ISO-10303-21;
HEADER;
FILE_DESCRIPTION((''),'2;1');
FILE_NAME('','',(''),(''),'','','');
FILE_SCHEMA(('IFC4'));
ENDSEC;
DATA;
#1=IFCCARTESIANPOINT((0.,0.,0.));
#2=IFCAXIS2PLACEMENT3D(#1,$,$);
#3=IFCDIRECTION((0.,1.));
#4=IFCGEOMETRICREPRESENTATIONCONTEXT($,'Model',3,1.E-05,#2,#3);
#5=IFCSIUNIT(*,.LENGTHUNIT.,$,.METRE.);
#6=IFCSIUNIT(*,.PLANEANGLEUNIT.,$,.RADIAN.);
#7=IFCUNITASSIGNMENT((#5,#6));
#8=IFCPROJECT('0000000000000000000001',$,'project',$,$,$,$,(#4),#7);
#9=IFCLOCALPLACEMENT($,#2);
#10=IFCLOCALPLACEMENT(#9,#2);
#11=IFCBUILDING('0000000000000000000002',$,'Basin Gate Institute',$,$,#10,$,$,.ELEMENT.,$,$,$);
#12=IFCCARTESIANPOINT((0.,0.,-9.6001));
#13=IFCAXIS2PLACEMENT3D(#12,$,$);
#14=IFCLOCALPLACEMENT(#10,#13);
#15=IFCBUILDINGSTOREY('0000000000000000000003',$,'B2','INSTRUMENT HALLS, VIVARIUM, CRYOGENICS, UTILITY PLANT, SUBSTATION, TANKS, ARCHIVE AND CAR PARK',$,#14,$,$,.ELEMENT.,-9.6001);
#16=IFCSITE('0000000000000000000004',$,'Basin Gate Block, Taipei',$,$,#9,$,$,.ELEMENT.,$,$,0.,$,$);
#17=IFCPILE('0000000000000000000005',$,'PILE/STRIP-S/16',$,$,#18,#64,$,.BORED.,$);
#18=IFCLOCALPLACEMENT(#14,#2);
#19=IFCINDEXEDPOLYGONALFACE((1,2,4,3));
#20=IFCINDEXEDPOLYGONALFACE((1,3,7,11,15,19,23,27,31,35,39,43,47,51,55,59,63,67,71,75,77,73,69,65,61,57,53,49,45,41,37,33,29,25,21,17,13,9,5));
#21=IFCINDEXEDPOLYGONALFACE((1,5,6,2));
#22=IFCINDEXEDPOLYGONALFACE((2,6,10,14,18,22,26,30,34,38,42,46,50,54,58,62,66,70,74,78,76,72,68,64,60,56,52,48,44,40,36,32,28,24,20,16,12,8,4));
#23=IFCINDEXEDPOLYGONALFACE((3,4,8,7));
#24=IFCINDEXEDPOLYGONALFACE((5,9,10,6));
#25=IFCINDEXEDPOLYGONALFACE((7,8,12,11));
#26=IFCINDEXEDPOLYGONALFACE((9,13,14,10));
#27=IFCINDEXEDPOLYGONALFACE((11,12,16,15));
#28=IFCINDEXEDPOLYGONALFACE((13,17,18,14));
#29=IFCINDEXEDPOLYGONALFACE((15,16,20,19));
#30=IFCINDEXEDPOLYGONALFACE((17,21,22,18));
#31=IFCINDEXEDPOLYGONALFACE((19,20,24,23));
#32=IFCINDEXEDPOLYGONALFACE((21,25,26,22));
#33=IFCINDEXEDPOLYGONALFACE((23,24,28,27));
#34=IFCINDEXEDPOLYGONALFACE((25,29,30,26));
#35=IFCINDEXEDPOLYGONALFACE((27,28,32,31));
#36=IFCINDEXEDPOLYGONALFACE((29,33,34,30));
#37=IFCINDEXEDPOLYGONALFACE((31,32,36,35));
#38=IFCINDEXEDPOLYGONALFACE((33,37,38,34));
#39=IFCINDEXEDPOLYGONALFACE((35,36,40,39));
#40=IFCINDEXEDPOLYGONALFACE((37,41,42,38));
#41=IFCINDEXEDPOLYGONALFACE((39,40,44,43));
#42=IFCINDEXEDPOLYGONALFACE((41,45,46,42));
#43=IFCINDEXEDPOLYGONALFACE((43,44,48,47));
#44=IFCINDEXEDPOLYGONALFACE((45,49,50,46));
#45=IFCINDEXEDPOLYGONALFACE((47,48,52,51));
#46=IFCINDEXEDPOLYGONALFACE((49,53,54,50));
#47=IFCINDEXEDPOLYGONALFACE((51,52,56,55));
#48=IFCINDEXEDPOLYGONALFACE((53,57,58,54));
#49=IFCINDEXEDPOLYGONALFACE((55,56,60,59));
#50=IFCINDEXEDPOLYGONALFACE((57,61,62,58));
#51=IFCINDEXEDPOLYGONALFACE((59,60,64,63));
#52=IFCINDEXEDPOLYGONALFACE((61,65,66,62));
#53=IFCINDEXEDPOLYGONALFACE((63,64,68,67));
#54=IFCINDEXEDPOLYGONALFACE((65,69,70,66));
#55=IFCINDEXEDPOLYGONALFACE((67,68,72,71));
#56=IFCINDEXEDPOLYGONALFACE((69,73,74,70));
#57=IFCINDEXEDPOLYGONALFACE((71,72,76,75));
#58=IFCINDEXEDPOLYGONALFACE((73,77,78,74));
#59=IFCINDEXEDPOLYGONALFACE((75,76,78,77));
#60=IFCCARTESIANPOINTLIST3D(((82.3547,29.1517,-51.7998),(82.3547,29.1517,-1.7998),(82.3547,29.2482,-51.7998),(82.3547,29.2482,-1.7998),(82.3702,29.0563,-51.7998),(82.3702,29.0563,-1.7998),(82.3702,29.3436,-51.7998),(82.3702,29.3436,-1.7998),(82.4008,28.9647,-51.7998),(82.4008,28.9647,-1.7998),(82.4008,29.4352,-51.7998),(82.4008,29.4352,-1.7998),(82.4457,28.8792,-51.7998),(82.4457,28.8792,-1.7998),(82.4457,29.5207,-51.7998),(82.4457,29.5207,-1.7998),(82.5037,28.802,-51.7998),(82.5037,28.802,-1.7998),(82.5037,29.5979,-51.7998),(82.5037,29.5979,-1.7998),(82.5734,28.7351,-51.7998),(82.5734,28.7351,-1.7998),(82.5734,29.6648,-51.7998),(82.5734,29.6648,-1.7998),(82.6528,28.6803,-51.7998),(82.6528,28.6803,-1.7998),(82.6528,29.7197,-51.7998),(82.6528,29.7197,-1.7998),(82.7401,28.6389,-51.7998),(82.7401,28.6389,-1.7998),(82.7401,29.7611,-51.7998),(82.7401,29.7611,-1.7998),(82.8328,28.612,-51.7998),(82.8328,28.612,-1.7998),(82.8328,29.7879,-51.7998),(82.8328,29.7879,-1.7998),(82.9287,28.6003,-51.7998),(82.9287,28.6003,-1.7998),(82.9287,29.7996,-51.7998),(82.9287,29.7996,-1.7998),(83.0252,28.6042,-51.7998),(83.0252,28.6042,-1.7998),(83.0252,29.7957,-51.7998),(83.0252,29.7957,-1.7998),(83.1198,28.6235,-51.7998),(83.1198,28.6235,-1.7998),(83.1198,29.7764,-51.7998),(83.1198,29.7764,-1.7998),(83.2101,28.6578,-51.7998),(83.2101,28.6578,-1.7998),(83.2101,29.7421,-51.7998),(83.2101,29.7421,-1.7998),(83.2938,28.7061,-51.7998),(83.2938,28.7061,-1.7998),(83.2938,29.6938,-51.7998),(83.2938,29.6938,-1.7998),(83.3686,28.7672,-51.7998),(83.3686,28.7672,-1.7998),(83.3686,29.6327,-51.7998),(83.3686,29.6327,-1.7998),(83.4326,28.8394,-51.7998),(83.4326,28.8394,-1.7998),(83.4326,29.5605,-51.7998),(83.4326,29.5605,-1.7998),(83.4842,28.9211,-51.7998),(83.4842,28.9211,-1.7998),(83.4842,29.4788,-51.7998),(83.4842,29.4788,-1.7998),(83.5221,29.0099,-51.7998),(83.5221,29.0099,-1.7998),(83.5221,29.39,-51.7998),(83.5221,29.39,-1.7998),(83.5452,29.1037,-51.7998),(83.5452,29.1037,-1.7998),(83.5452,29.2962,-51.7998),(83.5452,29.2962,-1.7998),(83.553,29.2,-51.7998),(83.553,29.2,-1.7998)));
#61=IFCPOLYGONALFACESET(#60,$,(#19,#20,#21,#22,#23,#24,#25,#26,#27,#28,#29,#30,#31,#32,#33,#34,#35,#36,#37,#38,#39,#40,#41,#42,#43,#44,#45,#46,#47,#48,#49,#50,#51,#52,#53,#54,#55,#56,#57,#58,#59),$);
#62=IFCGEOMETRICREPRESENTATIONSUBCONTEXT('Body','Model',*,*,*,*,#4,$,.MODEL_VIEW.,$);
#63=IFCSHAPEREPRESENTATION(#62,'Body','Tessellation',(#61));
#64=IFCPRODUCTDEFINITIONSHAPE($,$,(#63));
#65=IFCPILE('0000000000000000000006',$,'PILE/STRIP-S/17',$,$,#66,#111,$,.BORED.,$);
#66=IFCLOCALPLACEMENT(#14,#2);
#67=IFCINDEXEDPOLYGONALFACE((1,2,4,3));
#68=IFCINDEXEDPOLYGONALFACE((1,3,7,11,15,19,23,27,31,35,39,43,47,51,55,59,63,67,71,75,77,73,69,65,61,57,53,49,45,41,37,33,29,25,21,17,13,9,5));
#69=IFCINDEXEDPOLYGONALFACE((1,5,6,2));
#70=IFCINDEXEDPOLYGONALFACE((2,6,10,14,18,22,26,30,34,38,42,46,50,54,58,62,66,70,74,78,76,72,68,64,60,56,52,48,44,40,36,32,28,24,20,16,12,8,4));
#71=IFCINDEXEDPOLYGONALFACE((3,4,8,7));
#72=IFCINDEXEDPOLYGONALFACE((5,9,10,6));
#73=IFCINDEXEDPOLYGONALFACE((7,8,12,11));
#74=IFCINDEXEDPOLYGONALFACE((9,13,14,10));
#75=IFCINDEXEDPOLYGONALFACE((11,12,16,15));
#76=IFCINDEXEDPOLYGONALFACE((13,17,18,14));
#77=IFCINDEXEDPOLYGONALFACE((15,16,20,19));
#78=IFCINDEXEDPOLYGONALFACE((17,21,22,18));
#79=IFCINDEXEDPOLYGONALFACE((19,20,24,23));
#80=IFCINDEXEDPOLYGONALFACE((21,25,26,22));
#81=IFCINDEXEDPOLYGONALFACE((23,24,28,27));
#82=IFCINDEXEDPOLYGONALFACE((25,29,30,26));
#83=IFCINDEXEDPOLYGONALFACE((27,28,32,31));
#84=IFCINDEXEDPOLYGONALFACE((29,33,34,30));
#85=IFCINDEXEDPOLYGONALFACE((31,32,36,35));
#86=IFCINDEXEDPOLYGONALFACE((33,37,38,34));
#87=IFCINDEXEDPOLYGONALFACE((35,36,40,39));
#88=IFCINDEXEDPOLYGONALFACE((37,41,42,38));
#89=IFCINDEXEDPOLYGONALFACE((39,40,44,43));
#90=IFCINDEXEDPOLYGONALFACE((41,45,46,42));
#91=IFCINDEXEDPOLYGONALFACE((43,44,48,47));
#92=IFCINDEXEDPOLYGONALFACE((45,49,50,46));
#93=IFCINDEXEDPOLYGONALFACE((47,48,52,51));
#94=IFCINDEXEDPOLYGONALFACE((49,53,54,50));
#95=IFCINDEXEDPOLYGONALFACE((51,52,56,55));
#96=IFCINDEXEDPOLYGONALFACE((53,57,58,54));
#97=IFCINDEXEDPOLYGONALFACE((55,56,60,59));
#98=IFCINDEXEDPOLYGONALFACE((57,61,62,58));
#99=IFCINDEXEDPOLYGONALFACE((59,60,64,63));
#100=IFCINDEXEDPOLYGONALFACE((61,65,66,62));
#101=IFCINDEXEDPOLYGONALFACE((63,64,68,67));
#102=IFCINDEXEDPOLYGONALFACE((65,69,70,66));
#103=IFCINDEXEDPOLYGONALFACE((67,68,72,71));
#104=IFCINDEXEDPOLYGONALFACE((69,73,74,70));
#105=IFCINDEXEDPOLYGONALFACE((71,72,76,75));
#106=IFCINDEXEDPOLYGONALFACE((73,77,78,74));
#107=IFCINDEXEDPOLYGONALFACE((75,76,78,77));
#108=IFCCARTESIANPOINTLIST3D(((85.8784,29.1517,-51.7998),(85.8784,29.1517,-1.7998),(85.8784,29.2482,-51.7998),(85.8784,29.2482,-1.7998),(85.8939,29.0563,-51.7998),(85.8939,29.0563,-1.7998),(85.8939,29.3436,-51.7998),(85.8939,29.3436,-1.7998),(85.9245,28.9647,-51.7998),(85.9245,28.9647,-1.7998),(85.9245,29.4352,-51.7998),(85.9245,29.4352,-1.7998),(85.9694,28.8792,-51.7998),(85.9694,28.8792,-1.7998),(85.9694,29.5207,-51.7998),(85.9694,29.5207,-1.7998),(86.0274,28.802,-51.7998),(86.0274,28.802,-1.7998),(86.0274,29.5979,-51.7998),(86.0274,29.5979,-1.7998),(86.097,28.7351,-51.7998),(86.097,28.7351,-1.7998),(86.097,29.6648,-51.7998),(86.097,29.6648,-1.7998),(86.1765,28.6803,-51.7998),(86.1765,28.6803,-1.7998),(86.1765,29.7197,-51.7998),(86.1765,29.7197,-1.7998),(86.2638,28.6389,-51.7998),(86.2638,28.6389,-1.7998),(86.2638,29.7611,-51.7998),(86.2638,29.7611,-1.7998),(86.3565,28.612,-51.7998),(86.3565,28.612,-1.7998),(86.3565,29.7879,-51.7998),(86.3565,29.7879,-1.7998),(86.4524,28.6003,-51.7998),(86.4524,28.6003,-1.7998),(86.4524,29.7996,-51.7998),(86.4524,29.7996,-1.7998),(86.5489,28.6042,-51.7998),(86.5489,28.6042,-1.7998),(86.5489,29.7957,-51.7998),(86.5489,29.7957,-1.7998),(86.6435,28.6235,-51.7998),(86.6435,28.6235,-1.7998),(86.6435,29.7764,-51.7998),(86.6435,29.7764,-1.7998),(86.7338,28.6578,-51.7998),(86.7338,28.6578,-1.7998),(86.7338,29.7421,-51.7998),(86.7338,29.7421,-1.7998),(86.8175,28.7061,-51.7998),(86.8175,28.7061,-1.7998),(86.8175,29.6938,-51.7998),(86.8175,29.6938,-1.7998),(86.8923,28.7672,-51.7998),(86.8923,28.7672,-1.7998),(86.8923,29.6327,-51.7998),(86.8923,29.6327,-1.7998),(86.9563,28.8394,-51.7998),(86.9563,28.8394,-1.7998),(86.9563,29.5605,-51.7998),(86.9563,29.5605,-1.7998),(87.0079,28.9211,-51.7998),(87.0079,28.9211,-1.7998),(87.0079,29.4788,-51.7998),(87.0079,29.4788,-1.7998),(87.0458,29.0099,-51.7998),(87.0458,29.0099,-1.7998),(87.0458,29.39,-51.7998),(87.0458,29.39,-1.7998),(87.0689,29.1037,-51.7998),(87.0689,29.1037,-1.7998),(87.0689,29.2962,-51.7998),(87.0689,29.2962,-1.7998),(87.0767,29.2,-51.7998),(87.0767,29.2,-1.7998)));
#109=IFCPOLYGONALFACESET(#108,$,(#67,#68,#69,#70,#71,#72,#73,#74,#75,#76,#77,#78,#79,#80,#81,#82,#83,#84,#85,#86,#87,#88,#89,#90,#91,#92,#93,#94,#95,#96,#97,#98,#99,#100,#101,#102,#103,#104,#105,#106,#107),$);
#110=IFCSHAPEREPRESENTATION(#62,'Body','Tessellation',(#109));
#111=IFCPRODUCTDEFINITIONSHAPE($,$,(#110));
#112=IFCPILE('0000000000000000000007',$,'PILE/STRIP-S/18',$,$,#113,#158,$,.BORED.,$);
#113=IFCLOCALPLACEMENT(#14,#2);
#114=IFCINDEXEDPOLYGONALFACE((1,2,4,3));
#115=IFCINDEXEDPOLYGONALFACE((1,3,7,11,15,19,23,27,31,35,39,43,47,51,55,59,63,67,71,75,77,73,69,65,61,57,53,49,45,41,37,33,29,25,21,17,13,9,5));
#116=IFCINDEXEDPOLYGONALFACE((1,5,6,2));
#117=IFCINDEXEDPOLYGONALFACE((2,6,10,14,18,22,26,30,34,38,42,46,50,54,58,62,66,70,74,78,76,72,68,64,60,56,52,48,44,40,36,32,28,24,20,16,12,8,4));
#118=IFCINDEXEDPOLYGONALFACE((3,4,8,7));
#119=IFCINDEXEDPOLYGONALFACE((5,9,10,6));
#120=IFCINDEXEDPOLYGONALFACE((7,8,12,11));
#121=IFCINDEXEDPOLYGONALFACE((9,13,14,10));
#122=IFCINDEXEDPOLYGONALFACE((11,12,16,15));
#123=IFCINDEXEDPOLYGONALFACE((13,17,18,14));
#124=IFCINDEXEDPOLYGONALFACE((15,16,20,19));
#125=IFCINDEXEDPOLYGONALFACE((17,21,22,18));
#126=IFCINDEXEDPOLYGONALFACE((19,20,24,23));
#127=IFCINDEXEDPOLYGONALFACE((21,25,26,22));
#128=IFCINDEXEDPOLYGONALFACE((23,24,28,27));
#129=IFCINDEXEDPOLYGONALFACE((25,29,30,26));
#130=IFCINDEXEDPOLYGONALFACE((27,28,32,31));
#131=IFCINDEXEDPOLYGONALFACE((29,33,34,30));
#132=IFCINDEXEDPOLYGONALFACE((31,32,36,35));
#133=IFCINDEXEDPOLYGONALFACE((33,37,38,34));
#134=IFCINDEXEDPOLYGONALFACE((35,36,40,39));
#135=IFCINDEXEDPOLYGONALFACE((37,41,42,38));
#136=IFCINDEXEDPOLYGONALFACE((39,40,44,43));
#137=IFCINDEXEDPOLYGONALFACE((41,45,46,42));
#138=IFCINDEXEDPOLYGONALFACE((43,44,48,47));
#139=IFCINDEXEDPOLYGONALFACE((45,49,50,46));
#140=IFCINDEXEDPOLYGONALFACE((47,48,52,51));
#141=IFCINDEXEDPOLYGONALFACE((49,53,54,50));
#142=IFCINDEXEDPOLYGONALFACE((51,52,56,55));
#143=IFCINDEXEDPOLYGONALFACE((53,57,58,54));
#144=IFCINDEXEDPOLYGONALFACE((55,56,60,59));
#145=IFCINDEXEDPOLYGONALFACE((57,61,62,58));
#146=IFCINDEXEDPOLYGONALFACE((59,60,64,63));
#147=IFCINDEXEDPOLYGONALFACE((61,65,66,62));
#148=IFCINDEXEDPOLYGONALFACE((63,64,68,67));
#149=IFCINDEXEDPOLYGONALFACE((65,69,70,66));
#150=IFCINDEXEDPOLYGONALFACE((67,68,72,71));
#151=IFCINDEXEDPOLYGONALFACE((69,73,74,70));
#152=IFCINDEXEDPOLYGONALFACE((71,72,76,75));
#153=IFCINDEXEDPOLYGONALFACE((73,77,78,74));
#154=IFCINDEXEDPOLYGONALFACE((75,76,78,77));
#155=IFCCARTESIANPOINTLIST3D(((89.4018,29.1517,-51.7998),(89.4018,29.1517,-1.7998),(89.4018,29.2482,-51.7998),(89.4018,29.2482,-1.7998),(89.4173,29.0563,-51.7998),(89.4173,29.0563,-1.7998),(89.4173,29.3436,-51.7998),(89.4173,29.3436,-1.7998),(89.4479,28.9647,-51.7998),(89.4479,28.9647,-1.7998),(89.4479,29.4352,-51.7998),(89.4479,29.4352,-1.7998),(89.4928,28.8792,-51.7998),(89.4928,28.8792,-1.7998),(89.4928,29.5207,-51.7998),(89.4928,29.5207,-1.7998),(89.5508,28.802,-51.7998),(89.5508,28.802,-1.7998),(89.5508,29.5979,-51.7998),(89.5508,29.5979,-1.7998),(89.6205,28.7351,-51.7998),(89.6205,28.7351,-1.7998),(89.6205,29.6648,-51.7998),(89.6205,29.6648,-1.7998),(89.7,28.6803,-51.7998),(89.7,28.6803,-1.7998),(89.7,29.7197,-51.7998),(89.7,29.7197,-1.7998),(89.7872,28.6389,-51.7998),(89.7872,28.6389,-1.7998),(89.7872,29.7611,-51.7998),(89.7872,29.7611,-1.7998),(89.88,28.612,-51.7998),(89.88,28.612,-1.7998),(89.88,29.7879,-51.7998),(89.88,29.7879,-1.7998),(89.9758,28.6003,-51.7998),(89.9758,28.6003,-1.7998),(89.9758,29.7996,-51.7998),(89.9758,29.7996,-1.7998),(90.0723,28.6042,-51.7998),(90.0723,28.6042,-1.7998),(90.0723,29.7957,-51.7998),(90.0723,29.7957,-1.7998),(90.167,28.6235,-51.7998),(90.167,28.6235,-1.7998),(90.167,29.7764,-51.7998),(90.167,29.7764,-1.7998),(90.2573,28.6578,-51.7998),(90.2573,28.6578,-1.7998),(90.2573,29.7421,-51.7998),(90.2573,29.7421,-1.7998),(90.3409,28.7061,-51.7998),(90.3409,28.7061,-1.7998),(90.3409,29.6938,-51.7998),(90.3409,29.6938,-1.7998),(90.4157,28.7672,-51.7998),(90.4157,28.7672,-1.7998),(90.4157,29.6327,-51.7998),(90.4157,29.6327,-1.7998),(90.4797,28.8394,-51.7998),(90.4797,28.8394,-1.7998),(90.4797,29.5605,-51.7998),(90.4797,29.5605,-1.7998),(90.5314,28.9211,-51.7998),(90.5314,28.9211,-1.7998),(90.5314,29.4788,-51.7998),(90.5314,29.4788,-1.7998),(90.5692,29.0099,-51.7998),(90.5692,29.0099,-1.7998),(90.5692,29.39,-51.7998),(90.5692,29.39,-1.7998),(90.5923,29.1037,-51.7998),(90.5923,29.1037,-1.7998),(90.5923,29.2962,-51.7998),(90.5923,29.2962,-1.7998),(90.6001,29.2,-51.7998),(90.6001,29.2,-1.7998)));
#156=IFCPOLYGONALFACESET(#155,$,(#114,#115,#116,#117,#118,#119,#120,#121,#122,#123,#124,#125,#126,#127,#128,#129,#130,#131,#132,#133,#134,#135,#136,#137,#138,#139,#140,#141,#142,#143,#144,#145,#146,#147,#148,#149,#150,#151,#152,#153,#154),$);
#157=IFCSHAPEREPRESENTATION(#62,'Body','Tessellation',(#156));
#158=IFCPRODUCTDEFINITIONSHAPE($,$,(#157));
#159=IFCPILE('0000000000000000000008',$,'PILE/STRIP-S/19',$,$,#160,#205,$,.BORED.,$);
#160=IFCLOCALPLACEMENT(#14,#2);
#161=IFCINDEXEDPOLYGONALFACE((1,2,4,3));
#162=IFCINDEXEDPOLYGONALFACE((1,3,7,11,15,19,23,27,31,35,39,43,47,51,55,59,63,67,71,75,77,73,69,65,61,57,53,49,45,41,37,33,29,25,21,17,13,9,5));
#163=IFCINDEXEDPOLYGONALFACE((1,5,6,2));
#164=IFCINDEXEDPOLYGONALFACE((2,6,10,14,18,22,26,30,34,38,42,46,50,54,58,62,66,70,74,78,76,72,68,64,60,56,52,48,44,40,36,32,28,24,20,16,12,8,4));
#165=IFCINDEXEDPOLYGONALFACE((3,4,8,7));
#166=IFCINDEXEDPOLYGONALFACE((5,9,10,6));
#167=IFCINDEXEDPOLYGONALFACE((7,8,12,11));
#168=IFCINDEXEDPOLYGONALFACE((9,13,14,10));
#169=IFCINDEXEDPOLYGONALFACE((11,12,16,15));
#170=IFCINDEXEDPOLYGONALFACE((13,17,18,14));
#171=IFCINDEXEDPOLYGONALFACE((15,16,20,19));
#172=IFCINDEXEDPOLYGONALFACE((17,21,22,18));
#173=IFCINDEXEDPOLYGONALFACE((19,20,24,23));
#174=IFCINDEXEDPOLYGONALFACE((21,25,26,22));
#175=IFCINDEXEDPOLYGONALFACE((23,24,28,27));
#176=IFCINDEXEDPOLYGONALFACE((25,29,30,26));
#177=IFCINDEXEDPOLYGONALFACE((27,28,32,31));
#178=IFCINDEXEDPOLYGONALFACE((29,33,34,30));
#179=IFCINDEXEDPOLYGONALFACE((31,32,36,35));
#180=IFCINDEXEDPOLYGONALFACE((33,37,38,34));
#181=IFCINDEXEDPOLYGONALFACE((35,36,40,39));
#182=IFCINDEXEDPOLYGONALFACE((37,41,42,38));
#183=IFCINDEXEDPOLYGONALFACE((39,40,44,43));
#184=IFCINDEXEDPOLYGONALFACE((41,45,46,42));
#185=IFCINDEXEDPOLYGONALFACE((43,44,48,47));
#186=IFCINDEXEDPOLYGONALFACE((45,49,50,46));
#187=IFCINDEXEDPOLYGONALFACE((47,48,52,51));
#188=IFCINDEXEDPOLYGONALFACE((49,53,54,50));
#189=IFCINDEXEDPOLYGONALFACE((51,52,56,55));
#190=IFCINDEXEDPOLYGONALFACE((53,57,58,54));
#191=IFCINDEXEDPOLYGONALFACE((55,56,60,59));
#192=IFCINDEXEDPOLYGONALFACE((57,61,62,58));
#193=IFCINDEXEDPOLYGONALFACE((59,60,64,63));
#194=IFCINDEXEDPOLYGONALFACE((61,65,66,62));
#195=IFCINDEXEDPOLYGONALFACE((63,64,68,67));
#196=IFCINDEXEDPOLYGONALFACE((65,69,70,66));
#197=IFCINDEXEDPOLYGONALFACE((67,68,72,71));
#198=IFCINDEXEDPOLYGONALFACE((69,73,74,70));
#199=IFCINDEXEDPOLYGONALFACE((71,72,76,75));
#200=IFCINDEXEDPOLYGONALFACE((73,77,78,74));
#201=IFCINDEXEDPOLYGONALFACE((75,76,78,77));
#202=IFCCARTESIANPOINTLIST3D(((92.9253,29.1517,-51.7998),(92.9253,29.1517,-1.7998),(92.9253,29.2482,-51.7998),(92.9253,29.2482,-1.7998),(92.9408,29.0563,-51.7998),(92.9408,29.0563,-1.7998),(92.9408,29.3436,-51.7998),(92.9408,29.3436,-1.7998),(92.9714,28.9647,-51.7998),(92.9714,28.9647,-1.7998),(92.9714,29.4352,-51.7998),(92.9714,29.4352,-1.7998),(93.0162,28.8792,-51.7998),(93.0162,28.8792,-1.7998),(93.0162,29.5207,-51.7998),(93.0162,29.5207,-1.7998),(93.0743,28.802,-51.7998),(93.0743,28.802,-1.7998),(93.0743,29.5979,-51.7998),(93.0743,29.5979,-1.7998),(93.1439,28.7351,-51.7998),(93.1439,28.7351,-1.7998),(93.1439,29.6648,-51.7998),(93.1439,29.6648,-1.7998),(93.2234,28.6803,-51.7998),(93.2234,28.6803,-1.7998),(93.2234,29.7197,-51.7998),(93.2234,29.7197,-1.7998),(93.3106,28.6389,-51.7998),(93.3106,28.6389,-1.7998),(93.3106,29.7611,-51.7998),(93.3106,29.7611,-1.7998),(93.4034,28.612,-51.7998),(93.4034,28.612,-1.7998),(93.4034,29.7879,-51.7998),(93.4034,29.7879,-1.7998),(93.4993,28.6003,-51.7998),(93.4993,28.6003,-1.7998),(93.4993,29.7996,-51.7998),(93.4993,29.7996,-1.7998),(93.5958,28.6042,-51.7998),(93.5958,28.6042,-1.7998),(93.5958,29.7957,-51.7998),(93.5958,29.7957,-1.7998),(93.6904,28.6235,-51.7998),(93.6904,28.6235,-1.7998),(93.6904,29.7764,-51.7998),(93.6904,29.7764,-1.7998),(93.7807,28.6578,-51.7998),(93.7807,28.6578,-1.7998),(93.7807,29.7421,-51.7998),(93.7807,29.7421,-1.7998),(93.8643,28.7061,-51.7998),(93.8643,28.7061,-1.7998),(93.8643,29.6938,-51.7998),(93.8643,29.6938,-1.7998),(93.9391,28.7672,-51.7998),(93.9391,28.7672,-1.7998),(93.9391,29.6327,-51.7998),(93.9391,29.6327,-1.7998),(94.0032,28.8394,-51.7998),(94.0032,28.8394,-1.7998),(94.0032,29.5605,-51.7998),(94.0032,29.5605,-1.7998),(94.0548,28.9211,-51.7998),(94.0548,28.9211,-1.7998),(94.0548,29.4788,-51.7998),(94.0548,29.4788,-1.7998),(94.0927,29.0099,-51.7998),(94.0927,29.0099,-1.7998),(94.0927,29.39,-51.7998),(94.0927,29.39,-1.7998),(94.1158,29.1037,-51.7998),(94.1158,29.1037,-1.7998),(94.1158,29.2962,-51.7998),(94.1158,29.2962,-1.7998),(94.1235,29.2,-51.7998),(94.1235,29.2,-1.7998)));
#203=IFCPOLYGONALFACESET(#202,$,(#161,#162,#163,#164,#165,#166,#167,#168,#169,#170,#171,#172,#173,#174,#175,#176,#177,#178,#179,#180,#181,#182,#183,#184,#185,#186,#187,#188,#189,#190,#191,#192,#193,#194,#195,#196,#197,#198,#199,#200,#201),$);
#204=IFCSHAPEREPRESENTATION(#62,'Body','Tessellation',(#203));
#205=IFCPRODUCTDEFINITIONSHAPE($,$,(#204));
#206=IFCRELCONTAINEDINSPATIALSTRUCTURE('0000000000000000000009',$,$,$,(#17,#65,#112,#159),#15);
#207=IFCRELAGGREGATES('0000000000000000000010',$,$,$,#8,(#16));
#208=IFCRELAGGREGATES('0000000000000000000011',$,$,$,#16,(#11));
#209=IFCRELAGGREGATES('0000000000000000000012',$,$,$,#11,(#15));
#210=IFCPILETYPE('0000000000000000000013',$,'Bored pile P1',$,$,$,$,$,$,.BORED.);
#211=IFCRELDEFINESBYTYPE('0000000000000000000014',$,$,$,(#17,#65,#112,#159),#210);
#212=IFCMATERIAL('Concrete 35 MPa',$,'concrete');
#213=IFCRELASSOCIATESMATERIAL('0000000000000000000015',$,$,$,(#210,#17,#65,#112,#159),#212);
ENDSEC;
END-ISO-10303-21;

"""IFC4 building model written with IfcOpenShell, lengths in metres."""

from ifc_helpers import new_model, si_unit, direction, frame, origin, origin_2d, place, context, subcontext, project, spatial, circle, extrude, material, material_profile, profile_set, type_object, element, save


model = new_model("IFC4")

# Units and contexts
model_context = context("Model", 3, precision=1e-05, world=origin(), true_north=direction((0.0, 1.0)))
body_context = subcontext(model_context, "Body", "Model", "MODEL_VIEW")
ifc_project = project(units=[si_unit("LENGTHUNIT", "METRE"), si_unit("PLANEANGLEUNIT", "RADIAN")], contexts=[model_context])

# Site, building, storey
site_placement = place(None, origin())
site = spatial("IfcSite", under=ifc_project, at=site_placement, Name="Basin Gate Block, Taipei", CompositionType="ELEMENT", RefElevation=0.0)
building_placement = place(site_placement, origin())
building = spatial("IfcBuilding", under=site, at=building_placement, Name="Basin Gate Institute", CompositionType="ELEMENT")
storey_placement = place(building_placement, frame((0.0, 0.0, -9.6001)))
storey = spatial("IfcBuildingStorey", under=building, at=storey_placement, Name="B2", Description="INSTRUMENT HALLS, VIVARIUM, CRYOGENICS, UTILITY PLANT, SUBSTATION, TANKS, ARCHIVE AND CAR PARK", CompositionType="ELEMENT", Elevation=-9.6001)

# Piles
ifc_material_1 = material(Name="Concrete 35 MPa", Category="concrete")
ifc_material_profile_1 = material_profile(ifc_material_1, circle(Radius=0.6001, at=origin_2d()), Name="Bored pile P1 1200 dia")
ifc_profile_set_1 = profile_set([ifc_material_profile_1], Name="Concrete 35 MPa")
pile_type = type_object("IfcPileType", Name="Bored pile P1", PredefinedType="BORED", material=ifc_profile_set_1)
for number, where, z_axis, x_axis, name in (
    (1, (82.9529, 29.2, -1.7998), (0.0, 0.0, -1.0), (1.0, 0.0, 0.0), "PILE/STRIP-S/16"),
    (2, (86.4766, 29.2, -1.7998), (0.0, 0.0, -1.0), (1.0, 0.0, 0.0), "PILE/STRIP-S/17"),
    (3, (90.0, 29.2, -1.7998), (0.0, 0.0, -1.0), (1.0, 0.0, 0.0), "PILE/STRIP-S/18"),
    (4, (93.5234, 29.2, -1.7998), (0.0, 0.0, -1.0), (1.0, 0.0, 0.0), "PILE/STRIP-S/19"),
):
    element("IfcPile", number, at=place(storey_placement, frame(where, z_axis=z_axis, x_axis=x_axis)), inside=storey, type_object=pile_type, material=ifc_profile_set_1, Name=name, PredefinedType="BORED", context=body_context, shape_type="SweptSolid", body=[
        extrude(circle(Radius=0.6001, at=origin_2d()), origin(), (0.0, 0.0, 1.0), 50.0),
    ])

save(model, "model.ifc")
